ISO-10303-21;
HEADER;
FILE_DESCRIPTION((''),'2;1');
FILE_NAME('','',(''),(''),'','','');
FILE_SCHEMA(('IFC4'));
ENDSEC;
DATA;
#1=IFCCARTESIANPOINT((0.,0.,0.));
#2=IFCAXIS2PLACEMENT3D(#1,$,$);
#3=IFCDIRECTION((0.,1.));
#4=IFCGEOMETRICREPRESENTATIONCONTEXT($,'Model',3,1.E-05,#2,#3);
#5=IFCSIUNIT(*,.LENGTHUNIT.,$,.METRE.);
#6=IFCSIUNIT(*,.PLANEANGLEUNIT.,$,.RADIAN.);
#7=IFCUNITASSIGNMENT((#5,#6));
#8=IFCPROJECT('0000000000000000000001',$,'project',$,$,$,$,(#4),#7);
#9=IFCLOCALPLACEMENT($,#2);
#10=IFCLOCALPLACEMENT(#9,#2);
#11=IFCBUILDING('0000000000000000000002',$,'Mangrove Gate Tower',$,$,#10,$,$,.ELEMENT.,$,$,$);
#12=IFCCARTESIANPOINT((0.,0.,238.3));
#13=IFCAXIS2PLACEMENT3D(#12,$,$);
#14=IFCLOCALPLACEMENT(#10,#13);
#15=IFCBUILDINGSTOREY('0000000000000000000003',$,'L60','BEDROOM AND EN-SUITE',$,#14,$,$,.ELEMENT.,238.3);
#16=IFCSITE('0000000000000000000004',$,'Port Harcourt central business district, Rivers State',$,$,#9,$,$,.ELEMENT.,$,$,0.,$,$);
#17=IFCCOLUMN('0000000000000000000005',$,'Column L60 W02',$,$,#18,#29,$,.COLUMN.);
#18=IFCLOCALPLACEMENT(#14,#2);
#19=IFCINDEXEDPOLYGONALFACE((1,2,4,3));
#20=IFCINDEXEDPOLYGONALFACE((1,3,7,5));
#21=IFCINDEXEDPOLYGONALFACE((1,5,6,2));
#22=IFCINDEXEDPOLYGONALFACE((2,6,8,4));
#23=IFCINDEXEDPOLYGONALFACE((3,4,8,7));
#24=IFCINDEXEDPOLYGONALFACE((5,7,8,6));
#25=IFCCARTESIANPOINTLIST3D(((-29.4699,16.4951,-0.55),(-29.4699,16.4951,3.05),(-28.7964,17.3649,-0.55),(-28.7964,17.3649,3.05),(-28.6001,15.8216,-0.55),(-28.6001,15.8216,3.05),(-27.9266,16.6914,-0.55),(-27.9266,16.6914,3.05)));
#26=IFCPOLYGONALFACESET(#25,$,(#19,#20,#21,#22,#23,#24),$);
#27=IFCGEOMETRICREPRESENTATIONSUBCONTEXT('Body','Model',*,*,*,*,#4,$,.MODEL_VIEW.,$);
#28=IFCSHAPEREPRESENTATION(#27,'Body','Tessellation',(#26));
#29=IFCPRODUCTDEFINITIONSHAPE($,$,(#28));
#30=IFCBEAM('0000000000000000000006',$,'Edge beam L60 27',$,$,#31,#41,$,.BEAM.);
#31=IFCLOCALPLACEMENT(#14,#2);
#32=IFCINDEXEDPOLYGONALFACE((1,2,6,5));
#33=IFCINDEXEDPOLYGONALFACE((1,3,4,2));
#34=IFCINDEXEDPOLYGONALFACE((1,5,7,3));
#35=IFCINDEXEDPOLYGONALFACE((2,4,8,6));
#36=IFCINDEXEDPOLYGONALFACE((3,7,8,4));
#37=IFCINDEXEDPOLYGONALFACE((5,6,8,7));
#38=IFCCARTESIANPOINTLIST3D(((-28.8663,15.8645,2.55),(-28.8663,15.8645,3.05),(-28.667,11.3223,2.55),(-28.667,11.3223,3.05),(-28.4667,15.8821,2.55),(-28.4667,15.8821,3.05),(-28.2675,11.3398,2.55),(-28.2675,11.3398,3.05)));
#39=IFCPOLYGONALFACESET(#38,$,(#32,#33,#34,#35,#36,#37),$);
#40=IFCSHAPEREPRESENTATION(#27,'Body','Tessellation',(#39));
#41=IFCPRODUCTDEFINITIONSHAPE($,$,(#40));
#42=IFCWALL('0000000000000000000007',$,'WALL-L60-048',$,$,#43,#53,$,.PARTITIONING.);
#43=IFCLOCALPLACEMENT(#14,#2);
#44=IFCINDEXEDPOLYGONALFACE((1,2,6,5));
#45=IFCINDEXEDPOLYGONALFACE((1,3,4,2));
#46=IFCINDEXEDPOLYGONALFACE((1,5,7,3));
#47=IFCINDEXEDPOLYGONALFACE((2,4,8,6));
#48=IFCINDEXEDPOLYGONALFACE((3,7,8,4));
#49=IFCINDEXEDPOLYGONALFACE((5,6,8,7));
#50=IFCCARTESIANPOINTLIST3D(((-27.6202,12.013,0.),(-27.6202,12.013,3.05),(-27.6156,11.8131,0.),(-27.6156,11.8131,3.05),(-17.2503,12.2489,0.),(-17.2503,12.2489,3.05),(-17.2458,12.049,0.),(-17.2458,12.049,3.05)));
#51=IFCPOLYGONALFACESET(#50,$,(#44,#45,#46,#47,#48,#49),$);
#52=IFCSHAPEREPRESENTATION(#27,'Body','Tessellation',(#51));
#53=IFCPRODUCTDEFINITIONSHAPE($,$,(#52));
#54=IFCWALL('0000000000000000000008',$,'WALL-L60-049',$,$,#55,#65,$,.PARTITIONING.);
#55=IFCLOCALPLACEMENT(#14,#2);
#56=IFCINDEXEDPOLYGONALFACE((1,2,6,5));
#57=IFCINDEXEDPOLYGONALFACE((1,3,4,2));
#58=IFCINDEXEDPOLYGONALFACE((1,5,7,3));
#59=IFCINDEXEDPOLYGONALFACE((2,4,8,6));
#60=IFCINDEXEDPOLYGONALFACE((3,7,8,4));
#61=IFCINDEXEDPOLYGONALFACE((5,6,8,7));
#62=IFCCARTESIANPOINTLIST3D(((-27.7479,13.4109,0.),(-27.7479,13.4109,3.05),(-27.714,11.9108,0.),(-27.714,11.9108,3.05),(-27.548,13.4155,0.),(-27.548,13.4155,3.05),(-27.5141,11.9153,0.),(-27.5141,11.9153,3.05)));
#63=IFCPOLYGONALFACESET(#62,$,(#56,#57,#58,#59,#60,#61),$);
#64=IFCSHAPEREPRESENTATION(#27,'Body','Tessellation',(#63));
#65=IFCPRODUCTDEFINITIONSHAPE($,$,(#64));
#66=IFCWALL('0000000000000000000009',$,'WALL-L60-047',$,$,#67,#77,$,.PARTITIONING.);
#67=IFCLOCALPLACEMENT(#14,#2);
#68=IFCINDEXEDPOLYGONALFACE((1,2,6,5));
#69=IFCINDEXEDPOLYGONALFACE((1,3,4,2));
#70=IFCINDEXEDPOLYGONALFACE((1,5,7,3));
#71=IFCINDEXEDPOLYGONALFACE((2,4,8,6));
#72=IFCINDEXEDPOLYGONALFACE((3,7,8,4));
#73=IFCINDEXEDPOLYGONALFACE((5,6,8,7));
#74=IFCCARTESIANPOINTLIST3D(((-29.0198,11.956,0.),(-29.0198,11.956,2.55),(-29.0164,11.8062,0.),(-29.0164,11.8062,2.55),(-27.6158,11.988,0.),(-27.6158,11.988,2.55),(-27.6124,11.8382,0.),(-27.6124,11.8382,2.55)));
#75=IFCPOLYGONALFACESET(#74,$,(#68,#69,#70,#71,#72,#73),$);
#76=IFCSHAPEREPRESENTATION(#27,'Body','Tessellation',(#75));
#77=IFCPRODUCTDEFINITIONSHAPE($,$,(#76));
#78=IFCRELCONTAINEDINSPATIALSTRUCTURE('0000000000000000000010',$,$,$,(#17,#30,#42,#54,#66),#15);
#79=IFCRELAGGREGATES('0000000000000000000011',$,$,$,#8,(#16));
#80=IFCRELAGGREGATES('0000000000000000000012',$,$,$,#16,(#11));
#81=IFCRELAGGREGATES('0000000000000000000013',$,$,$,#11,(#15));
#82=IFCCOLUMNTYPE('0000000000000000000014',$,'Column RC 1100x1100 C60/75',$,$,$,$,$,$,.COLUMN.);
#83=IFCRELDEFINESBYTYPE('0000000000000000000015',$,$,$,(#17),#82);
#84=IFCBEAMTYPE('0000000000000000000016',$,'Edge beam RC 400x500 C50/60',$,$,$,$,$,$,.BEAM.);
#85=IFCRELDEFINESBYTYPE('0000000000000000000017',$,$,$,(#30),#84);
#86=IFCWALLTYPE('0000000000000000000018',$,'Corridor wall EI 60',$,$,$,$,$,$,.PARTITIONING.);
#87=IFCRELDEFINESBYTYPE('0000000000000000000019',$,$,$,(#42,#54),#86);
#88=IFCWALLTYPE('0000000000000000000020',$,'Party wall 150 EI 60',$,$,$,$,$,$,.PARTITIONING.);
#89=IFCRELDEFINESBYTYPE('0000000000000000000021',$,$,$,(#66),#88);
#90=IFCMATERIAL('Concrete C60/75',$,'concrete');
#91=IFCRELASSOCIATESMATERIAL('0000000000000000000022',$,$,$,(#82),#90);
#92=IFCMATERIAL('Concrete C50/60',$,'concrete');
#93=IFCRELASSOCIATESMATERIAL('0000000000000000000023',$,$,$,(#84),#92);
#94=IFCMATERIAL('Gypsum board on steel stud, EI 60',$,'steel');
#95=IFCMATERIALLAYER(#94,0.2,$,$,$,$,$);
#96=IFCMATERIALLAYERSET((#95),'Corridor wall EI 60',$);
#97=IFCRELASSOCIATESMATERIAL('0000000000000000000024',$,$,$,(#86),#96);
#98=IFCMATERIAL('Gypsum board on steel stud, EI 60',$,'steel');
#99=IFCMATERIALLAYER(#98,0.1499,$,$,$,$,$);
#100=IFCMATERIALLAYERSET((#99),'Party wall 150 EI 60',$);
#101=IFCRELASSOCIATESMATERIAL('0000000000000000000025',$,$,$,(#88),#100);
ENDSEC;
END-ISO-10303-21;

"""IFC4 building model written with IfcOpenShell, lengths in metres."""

from ifc_helpers import new_model, si_unit, direction, frame, frame_2d, origin, origin_2d, place, context, subcontext, project, spatial, rectangle, extrude, material, layer, layer_set, material_profile, profile_set, type_object, element, save


model = new_model("IFC4")

# Units and contexts
model_context = context("Model", 3, precision=1e-05, world=origin(), true_north=direction((0.0, 1.0)))
body_context = subcontext(model_context, "Body", "Model", "MODEL_VIEW")
ifc_project = project(units=[si_unit("LENGTHUNIT", "METRE"), si_unit("PLANEANGLEUNIT", "RADIAN")], contexts=[model_context])

# Site, building, storey
site_placement = place(None, origin())
site = spatial("IfcSite", under=ifc_project, at=site_placement, Name="Port Harcourt central business district, Rivers State", CompositionType="ELEMENT", RefElevation=0.0)
building_placement = place(site_placement, origin())
building = spatial("IfcBuilding", under=site, at=building_placement, Name="Mangrove Gate Tower", CompositionType="ELEMENT")
storey_placement = place(building_placement, frame((0.0, 0.0, 238.3)))
storey = spatial("IfcBuildingStorey", under=building, at=storey_placement, Name="L60", Description="BEDROOM AND EN-SUITE", CompositionType="ELEMENT", Elevation=238.3)

# Column
ifc_material_1 = material(Name="Concrete C60/75", Category="concrete")
ifc_material_profile_1 = material_profile(ifc_material_1, rectangle(XDim=1.1001, YDim=1.1001, at=origin_2d()))
ifc_profile_set_1 = profile_set([ifc_material_profile_1], Name="Concrete C60/75")
column_type = type_object("IfcColumnType", Name="Column RC 1100x1100 C60/75", PredefinedType="COLUMN", material=ifc_profile_set_1)
column_placement = place(storey_placement, frame((-28.6982, 16.5933, -0.55), z_axis=(0.0, 0.0, 1.0), x_axis=(-0.612247, -0.790667, 0.0)))
element("IfcColumn", 1, at=column_placement, inside=storey, type_object=column_type, Name="Column L60 W02", PredefinedType="COLUMN", context=body_context, shape_type="SweptSolid", body=[
    extrude(rectangle(XDim=1.1001, YDim=1.1001, at=origin_2d()), origin(), (0.0, 0.0, 1.0), 3.6001),
])

# Beam
ifc_material_2 = material(Name="Concrete C50/60", Category="concrete")
ifc_material_profile_2 = material_profile(ifc_material_2, rectangle(XDim=0.3999, YDim=0.5, at=origin_2d()))
ifc_profile_set_2 = profile_set([ifc_material_profile_2], Name="Concrete C50/60")
beam_type = type_object("IfcBeamType", Name="Edge beam RC 400x500 C50/60", PredefinedType="BEAM", material=ifc_profile_set_2)
beam_placement = place(storey_placement, frame((-28.6665, 15.8733, 2.8), z_axis=(0.043817, -0.99904, 0.0), x_axis=(0.99904, 0.043817, 0.0)))
element("IfcBeam", 2, at=beam_placement, inside=storey, type_object=beam_type, Name="Edge beam L60 27", PredefinedType="BEAM", context=body_context, shape_type="SweptSolid", body=[
    extrude(rectangle(XDim=0.3999, YDim=0.5, at=origin_2d()), origin(), (0.0, 0.0, 1.0), 4.5466),
])

# Walls
ifc_material_3 = material(Name="Gypsum board on steel stud, EI 60", Category="steel")
ifc_layer_1 = layer(ifc_material_3, 0.2)
ifc_layer_set_1 = layer_set([ifc_layer_1], Name="Corridor wall EI 60")
wall_type_1 = type_object("IfcWallType", Name="Corridor wall EI 60", PredefinedType="PARTITIONING", material=ifc_layer_set_1)
wall_1_placement = place(storey_placement, frame((-27.6179, 11.9131, 0.0), z_axis=(0.0, 0.0, 1.0), x_axis=(0.999741, 0.022737, 0.0)))
element("IfcWall", 3, at=wall_1_placement, inside=storey, type_object=wall_type_1, Name="WALL-L60-048", PredefinedType="PARTITIONING", context=body_context, shape_type="SweptSolid", body=[
    extrude(rectangle(XDim=10.3726, YDim=0.2, at=frame_2d((5.1863, 0.0))), origin(), (0.0, 0.0, 1.0), 3.05),
])
wall_2_placement = place(storey_placement, frame((-27.614, 11.9131, 0.0), z_axis=(0.0, 0.0, 1.0), x_axis=(-0.022618, 0.999744, 0.0)))
element("IfcWall", 4, at=wall_2_placement, inside=storey, type_object=wall_type_1, Name="WALL-L60-049", PredefinedType="PARTITIONING", context=body_context, shape_type="SweptSolid", body=[
    extrude(rectangle(XDim=1.5005, YDim=0.2, at=frame_2d((0.7502, 0.0))), origin(), (0.0, 0.0, 1.0), 3.05),
])

# Wall
ifc_material_4 = material(Name="Gypsum board on steel stud, EI 60", Category="steel")
ifc_layer_2 = layer(ifc_material_4, 0.1499)
ifc_layer_set_2 = layer_set([ifc_layer_2], Name="Party wall 150 EI 60")
wall_type_2 = type_object("IfcWallType", Name="Party wall 150 EI 60", PredefinedType="PARTITIONING", material=ifc_layer_set_2)
wall_3_placement = place(storey_placement, frame((-29.0181, 11.8811, 0.0), z_axis=(0.0, 0.0, 1.0), x_axis=(0.999741, 0.022773, 0.0)))
element("IfcWall", 5, at=wall_3_placement, inside=storey, type_object=wall_type_2, Name="WALL-L60-047", PredefinedType="PARTITIONING", context=body_context, shape_type="SweptSolid", body=[
    extrude(rectangle(XDim=1.4043, YDim=0.1499, at=frame_2d((0.7021, 0.0))), origin(), (0.0, 0.0, 1.0), 2.55),
])

save(model, "model.ifc")
